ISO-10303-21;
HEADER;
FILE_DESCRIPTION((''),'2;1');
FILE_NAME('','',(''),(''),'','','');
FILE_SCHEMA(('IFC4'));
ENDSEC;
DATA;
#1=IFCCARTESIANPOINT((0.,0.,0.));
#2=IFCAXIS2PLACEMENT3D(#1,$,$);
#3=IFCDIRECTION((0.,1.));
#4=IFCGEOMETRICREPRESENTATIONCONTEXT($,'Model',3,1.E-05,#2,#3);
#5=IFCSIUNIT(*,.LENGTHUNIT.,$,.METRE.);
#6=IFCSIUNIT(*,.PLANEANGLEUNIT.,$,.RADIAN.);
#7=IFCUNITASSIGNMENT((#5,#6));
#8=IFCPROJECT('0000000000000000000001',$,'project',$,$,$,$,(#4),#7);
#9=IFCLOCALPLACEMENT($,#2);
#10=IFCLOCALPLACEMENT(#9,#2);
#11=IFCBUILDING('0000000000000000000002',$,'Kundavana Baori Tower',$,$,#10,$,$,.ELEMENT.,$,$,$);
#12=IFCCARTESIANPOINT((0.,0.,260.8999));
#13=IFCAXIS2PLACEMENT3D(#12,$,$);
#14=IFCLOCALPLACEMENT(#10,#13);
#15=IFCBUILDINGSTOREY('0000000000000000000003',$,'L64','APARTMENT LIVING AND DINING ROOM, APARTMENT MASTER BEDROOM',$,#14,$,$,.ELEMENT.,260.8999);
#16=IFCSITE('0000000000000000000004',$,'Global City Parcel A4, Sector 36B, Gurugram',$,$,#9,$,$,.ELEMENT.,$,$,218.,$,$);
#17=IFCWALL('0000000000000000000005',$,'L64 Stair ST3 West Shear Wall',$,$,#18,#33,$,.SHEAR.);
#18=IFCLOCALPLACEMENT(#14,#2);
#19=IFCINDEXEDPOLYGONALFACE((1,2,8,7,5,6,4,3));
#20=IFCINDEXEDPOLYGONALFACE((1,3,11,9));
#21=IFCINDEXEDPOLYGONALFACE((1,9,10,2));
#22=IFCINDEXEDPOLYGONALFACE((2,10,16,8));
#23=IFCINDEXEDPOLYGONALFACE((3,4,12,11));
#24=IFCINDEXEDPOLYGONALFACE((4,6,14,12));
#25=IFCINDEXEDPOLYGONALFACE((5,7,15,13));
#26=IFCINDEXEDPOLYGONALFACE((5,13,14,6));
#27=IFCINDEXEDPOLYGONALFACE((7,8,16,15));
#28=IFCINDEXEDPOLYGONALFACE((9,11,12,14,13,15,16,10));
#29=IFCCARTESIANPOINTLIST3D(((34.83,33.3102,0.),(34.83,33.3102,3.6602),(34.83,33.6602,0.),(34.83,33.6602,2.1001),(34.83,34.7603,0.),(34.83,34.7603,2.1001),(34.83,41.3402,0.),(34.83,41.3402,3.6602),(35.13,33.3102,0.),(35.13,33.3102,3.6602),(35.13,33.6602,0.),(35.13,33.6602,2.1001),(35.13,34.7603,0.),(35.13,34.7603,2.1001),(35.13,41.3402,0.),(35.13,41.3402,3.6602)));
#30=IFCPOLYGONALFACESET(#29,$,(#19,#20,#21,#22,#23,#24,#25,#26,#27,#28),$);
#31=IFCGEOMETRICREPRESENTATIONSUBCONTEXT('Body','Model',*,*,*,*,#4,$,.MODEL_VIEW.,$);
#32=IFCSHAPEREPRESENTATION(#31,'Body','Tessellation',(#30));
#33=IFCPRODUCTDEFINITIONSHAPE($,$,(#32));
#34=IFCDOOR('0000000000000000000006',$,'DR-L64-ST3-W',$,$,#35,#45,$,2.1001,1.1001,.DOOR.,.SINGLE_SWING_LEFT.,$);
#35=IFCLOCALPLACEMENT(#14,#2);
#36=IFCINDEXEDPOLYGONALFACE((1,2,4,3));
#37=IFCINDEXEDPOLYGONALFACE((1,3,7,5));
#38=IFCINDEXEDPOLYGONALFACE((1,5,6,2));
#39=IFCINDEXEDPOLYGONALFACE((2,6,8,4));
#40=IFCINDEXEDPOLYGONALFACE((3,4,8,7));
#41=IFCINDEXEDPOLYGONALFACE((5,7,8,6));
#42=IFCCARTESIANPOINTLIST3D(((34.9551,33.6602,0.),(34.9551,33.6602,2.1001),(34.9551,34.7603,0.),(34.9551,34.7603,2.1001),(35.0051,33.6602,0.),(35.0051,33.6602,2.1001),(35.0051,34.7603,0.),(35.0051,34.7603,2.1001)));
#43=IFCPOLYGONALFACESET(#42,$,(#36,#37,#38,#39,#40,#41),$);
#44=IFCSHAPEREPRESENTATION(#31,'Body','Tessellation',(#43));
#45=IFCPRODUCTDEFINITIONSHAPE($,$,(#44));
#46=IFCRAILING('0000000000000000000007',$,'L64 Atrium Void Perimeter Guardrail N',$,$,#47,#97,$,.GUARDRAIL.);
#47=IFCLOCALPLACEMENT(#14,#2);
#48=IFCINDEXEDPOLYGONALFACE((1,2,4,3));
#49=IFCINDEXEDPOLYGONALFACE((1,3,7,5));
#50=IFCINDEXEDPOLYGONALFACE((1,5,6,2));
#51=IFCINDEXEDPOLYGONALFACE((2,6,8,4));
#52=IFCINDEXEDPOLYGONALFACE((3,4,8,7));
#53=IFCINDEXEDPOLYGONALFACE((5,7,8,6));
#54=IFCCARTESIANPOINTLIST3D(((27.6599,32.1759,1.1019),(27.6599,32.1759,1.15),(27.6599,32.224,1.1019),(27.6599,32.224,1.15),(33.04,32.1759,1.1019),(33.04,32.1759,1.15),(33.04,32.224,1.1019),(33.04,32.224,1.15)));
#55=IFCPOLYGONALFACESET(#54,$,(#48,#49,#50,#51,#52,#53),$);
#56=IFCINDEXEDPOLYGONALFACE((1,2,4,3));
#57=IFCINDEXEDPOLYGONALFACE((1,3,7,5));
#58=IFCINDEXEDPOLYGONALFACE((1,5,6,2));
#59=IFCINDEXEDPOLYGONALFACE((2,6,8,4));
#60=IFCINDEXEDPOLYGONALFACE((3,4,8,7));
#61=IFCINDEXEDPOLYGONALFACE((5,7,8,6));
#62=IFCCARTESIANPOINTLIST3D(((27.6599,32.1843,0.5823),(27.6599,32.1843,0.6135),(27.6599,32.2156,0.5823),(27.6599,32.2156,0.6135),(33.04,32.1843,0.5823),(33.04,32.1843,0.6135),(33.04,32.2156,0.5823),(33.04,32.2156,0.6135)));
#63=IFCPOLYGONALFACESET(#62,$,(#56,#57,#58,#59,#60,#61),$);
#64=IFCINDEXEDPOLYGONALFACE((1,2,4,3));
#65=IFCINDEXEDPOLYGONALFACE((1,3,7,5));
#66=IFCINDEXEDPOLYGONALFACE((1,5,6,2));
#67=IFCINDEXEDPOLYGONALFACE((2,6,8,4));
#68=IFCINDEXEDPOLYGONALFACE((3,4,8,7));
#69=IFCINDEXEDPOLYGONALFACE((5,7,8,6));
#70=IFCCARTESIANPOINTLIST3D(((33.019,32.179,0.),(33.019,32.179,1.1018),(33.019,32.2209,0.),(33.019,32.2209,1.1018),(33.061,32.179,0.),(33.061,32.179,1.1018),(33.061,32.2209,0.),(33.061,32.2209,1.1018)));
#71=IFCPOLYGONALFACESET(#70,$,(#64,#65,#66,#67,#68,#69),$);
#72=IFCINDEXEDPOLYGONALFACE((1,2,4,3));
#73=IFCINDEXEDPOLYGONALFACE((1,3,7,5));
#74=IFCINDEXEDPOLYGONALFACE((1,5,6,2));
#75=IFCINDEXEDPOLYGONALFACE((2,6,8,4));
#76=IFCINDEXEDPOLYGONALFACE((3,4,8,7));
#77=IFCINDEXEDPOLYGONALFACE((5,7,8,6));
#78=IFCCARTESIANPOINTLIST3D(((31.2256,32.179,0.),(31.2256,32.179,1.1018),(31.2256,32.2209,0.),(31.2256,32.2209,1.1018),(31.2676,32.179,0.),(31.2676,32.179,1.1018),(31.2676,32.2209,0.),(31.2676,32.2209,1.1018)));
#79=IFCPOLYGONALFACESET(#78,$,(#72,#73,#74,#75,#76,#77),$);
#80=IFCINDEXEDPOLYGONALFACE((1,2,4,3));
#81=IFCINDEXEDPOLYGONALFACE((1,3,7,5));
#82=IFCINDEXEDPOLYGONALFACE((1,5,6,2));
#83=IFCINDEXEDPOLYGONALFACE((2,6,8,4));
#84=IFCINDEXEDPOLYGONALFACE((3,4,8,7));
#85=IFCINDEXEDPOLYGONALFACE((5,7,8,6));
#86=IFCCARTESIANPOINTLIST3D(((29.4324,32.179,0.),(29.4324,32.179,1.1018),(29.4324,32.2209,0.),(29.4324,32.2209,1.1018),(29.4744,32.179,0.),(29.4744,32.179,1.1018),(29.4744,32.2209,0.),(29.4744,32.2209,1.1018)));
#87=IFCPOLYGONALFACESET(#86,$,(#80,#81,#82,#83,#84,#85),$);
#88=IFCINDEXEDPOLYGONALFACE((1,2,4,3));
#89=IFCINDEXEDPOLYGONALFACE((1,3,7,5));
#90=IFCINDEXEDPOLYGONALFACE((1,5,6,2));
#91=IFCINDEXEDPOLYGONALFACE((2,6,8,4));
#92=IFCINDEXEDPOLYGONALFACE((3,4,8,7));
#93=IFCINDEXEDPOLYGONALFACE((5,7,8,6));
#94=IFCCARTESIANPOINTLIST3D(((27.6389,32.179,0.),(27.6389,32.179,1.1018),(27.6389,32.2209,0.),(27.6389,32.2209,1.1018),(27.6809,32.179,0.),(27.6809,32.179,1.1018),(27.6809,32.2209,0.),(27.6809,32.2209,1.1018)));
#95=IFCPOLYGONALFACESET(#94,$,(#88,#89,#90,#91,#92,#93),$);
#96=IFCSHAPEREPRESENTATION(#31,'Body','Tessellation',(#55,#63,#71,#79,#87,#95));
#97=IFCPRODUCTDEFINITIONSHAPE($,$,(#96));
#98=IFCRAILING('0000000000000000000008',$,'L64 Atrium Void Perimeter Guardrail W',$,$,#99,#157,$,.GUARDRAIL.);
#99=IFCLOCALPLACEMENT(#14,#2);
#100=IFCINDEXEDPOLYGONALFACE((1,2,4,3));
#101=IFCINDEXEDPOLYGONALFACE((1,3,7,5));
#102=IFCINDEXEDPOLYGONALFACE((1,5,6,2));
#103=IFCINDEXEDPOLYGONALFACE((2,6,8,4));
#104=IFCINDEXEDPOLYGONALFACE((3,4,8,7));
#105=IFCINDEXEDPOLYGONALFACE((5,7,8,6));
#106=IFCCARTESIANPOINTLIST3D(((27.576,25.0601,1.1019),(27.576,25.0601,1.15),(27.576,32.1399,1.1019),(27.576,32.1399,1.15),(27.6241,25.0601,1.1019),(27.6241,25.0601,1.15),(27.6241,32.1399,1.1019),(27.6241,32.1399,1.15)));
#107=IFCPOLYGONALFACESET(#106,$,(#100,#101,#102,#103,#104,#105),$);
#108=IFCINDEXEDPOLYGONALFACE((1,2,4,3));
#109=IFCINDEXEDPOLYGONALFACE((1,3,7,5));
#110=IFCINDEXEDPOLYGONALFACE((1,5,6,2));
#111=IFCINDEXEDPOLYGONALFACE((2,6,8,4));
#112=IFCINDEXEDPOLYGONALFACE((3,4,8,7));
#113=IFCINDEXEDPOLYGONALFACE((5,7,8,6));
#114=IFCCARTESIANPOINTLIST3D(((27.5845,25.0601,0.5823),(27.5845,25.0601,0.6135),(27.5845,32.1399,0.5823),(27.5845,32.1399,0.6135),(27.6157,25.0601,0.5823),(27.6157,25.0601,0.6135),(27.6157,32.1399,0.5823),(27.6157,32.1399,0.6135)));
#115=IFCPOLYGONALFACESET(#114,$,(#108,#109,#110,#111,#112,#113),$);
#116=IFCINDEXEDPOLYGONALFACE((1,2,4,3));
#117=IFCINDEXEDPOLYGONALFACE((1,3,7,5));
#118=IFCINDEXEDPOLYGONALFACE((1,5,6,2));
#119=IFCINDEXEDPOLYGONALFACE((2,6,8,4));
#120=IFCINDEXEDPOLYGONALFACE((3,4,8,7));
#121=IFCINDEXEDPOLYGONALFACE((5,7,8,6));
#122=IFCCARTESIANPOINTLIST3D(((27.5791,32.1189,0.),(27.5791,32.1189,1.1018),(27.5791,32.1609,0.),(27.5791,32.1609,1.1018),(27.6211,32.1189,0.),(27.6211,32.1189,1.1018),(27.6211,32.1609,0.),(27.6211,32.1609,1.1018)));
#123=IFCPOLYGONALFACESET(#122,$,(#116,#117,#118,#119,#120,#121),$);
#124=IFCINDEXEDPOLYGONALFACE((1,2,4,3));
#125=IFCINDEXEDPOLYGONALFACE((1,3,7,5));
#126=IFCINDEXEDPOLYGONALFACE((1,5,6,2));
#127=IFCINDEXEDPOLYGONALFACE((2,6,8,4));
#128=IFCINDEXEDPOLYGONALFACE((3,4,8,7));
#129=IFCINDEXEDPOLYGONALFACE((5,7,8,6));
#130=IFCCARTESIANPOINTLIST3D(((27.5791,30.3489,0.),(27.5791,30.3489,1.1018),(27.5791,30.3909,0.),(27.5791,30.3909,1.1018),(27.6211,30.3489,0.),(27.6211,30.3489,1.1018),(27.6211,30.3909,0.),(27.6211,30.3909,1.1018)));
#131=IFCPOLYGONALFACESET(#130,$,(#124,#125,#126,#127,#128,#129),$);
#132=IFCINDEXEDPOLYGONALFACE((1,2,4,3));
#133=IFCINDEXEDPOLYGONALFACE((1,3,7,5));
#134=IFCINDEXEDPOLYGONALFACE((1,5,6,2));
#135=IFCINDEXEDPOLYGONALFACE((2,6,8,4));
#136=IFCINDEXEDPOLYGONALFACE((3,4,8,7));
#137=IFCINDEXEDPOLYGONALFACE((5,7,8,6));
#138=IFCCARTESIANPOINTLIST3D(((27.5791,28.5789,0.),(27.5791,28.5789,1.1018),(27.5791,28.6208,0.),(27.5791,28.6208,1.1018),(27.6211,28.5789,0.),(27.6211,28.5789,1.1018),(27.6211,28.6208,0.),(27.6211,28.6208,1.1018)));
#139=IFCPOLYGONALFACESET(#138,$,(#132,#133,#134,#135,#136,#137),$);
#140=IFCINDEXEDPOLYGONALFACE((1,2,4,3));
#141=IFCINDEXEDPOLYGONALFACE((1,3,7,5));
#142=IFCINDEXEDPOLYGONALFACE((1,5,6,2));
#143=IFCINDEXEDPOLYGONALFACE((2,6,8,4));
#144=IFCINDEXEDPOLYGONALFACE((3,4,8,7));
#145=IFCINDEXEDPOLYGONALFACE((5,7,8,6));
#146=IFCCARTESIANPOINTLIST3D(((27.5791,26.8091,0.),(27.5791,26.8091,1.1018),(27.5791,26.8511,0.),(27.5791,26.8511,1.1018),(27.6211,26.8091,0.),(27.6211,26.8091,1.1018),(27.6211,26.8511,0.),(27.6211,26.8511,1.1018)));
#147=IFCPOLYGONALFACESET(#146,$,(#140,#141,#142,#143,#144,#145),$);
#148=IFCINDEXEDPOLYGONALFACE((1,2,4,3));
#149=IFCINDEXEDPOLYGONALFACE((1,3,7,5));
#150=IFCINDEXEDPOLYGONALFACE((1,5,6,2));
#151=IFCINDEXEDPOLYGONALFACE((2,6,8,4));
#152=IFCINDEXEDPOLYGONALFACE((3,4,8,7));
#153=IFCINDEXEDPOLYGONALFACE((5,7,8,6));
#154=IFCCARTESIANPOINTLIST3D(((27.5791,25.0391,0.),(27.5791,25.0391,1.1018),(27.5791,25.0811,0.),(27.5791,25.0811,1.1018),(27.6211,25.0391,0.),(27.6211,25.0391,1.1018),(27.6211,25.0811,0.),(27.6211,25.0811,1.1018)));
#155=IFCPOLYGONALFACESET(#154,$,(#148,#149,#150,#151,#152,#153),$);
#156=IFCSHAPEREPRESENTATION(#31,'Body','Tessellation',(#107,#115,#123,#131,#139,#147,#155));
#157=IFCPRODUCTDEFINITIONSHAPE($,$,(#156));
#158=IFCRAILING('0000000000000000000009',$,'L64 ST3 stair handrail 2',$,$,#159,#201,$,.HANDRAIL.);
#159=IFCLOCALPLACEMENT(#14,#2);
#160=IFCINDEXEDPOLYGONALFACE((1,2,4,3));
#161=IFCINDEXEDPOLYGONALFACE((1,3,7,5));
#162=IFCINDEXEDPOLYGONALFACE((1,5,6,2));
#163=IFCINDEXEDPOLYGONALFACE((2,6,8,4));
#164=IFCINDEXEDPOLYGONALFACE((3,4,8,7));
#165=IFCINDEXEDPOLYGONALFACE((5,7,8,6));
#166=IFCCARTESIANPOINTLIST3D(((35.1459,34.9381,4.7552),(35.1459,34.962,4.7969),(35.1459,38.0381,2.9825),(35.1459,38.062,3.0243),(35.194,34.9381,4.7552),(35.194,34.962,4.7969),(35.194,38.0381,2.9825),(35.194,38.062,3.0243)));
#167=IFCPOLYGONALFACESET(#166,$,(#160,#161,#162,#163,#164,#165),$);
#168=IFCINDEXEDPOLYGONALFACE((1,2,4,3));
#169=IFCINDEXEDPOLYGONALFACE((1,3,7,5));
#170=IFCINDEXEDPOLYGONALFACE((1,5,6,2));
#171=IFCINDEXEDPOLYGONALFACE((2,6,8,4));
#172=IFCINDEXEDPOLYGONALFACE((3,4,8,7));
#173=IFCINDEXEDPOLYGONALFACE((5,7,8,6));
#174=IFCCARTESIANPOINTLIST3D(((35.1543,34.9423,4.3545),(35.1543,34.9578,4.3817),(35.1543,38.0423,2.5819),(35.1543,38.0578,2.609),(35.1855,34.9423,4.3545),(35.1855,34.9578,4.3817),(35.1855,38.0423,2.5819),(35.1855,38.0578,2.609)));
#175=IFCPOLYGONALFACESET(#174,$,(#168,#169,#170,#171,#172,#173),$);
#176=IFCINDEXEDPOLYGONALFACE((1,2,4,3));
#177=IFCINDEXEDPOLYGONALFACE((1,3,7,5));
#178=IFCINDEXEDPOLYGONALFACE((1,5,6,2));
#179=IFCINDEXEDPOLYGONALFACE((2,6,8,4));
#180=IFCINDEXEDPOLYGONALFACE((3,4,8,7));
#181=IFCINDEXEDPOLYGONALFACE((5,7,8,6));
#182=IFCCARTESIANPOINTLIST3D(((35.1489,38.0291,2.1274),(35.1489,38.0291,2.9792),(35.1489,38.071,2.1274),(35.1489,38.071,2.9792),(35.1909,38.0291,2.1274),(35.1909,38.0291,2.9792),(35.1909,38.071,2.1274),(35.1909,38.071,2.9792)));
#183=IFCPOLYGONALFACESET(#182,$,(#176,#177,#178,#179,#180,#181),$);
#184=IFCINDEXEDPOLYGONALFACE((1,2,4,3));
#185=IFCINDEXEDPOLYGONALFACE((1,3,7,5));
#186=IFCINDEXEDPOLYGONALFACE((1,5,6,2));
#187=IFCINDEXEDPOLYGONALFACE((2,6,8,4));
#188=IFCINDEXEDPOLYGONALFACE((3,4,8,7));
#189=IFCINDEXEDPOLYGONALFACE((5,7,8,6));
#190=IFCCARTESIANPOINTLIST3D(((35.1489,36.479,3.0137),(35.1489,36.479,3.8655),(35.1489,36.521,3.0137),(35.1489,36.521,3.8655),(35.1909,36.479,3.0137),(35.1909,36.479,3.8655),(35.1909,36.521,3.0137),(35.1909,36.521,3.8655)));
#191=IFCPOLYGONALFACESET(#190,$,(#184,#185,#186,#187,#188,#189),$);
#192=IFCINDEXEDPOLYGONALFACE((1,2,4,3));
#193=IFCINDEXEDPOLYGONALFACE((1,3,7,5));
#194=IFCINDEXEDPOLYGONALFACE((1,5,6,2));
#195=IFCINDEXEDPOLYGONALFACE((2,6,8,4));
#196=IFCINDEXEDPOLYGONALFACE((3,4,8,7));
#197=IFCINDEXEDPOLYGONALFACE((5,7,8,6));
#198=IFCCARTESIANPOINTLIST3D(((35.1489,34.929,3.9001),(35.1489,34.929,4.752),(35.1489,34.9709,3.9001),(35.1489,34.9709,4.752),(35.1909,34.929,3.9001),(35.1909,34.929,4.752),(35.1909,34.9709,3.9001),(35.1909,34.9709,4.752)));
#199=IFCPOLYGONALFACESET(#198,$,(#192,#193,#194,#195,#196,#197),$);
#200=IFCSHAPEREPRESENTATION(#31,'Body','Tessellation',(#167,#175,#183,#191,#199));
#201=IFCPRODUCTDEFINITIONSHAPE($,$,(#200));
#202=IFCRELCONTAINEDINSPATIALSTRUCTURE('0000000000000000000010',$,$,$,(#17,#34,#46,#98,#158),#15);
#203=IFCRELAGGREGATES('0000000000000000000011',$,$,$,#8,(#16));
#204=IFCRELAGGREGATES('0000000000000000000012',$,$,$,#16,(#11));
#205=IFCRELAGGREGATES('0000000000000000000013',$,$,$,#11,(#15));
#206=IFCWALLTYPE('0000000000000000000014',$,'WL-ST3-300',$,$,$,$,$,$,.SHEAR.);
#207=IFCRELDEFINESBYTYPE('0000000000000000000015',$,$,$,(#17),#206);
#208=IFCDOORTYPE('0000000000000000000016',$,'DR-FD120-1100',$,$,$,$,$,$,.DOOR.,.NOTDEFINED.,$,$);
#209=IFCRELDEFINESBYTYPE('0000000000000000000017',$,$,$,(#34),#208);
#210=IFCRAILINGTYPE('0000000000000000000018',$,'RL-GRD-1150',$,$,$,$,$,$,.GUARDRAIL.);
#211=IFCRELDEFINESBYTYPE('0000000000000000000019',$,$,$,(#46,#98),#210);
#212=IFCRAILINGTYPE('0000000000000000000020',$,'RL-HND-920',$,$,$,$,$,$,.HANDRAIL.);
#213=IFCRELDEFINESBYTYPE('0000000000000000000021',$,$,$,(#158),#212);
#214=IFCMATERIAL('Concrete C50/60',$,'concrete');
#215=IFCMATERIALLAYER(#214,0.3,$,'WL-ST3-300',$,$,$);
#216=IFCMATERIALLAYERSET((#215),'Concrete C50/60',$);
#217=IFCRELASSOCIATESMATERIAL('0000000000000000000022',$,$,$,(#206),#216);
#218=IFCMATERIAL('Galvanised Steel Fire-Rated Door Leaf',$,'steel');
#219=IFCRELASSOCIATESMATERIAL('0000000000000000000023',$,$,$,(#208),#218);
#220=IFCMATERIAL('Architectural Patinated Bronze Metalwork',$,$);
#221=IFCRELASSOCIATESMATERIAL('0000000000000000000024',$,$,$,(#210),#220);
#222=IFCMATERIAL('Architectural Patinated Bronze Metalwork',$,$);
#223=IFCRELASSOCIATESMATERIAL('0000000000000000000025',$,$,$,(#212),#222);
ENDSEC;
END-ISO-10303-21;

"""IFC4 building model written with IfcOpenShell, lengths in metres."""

from ifc_helpers import new_model, si_unit, direction, frame, frame_2d, origin, origin_2d, place, context, subcontext, project, spatial, rectangle, extrude, material, layer, layer_set, type_object, element, fill, save


model = new_model("IFC4")

# Units and contexts
model_context = context("Model", 3, precision=1e-05, world=origin(), true_north=direction((0.0, 1.0)))
body_context = subcontext(model_context, "Body", "Model", "MODEL_VIEW")
ifc_project = project(units=[si_unit("LENGTHUNIT", "METRE"), si_unit("PLANEANGLEUNIT", "RADIAN")], contexts=[model_context])

# Site, building, storey
site_placement = place(None, origin())
site = spatial("IfcSite", under=ifc_project, at=site_placement, Name="Global City Parcel A4, Sector 36B, Gurugram", CompositionType="ELEMENT", RefElevation=218.0)
building_placement = place(site_placement, origin())
building = spatial("IfcBuilding", under=site, at=building_placement, Name="Kundavana Baori Tower", CompositionType="ELEMENT")
storey_placement = place(building_placement, frame((0.0, 0.0, 260.8999)))
storey = spatial("IfcBuildingStorey", under=building, at=storey_placement, Name="L64", Description="APARTMENT LIVING AND DINING ROOM, APARTMENT MASTER BEDROOM", CompositionType="ELEMENT", Elevation=260.8999)

# Shared definitions
ifc_material_1 = material(Name="Concrete C50/60", Category="concrete")
ifc_layer_1 = layer(ifc_material_1, 0.3, Name="WL-ST3-300")
ifc_layer_set_1 = layer_set([ifc_layer_1], Name="Concrete C50/60")
wall_type_1 = type_object("IfcWallType", Name="WL-ST3-300", PredefinedType="SHEAR", material=ifc_layer_set_1)

# Wall, opening, door
wall_1_placement = place(storey_placement, frame((34.98, 33.3101, 0.0), z_axis=(0.0, 0.0, 1.0), x_axis=(0.0, 1.0, 0.0)))
wall_1 = element("IfcWall", 1, at=wall_1_placement, inside=storey, type_object=wall_type_1, Name="L64 Stair ST3 West Shear Wall", PredefinedType="SHEAR", context=body_context, shape_type="SweptSolid", body=[
    extrude(rectangle(XDim=8.03, YDim=0.3, at=frame_2d((4.0151, 0.0))), origin(), (0.0, 0.0, 1.0), 3.6602),
])
opening_1_placement = place(wall_1_placement, frame((0.3501, 0.0, 0.0)))
opening_1 = element("IfcOpeningElement", 2, at=opening_1_placement, cuts=wall_1, PredefinedType="OPENING", context=body_context, shape_type="SweptSolid", body=[
    extrude(rectangle(XDim=1.1001, YDim=2.1001, at=frame_2d((0.55, 1.05))), frame((0.0, 0.1602, 0.0), z_axis=(0.0, -1.0, 0.0), x_axis=(1.0, 0.0, 0.0)), (0.0, 0.0, 1.0), 0.3201),
])
ifc_material_2 = material(Name="Galvanised Steel Fire-Rated Door Leaf", Category="steel")
door_type_1 = type_object("IfcDoorType", Name="DR-FD120-1100", OperationType="NOTDEFINED", PredefinedType="DOOR", material=ifc_material_2)
door_1_placement = place(opening_1_placement, origin())
door_1 = element("IfcDoor", 3, at=door_1_placement, inside=storey, type_object=door_type_1, Name="DR-L64-ST3-W", OperationType="SINGLE_SWING_LEFT", OverallHeight=2.1001, OverallWidth=1.1001, PredefinedType="DOOR", context=body_context, shape_type="SweptSolid", body=[
    extrude(rectangle(XDim=1.1001, YDim=2.1001, at=frame_2d((0.55, 1.05))), frame((0.0, 0.0249, 0.0), z_axis=(0.0, -1.0, 0.0), x_axis=(1.0, 0.0, 0.0)), (0.0, 0.0, 1.0), 0.05),
])
fill(opening_1, door_1)

# Railings
ifc_material_3 = material(Name="Architectural Patinated Bronze Metalwork")
railing_type_1 = type_object("IfcRailingType", Name="RL-GRD-1150", PredefinedType="GUARDRAIL", material=ifc_material_3)
railing_1_placement = place(storey_placement, frame((33.04, 32.2, 0.0)))
element("IfcRailing", 4, at=railing_1_placement, inside=storey, type_object=railing_type_1, Name="L64 Atrium Void Perimeter Guardrail N", PredefinedType="GUARDRAIL", context=body_context, shape_type="SweptSolid", body=[
    extrude(rectangle(XDim=0.0481, YDim=0.0481, at=origin_2d()), frame((0.0, 0.0, 1.126), z_axis=(-1.0, 0.0, 0.0), x_axis=(0.0, -1.0, 0.0)), (0.0, 0.0, 1.0), 5.3801),
    extrude(rectangle(XDim=0.0312, YDim=0.0312, at=origin_2d()), frame((0.0, 0.0, 0.5979), z_axis=(-1.0, 0.0, 0.0), x_axis=(0.0, -1.0, 0.0)), (0.0, 0.0, 1.0), 5.3801),
    extrude(rectangle(XDim=0.042, YDim=0.042, at=origin_2d()), origin(), (0.0, 0.0, 1.0), 1.1018),
    extrude(rectangle(XDim=0.042, YDim=0.042, at=origin_2d()), frame((-1.7935, 0.0, 0.0)), (0.0, 0.0, 1.0), 1.1018),
    extrude(rectangle(XDim=0.042, YDim=0.042, at=origin_2d()), frame((-3.5867, 0.0, 0.0)), (0.0, 0.0, 1.0), 1.1018),
    extrude(rectangle(XDim=0.042, YDim=0.042, at=origin_2d()), frame((-5.3801, 0.0, 0.0)), (0.0, 0.0, 1.0), 1.1018),
])
railing_2_placement = place(storey_placement, frame((27.6001, 32.1399, 0.0)))
element("IfcRailing", 5, at=railing_2_placement, inside=storey, type_object=railing_type_1, Name="L64 Atrium Void Perimeter Guardrail W", PredefinedType="GUARDRAIL", context=body_context, shape_type="SweptSolid", body=[
    extrude(rectangle(XDim=0.0481, YDim=0.0481, at=origin_2d()), frame((0.0, 0.0, 1.126), z_axis=(0.0, -1.0, 0.0), x_axis=(1.0, 0.0, 0.0)), (0.0, 0.0, 1.0), 7.0798),
    extrude(rectangle(XDim=0.0312, YDim=0.0312, at=origin_2d()), frame((0.0, 0.0, 0.5979), z_axis=(0.0, -1.0, 0.0), x_axis=(1.0, 0.0, 0.0)), (0.0, 0.0, 1.0), 7.0798),
    extrude(rectangle(XDim=0.042, YDim=0.042, at=origin_2d()), origin(), (0.0, 0.0, 1.0), 1.1018),
    extrude(rectangle(XDim=0.042, YDim=0.042, at=origin_2d()), frame((0.0, -1.77, 0.0)), (0.0, 0.0, 1.0), 1.1018),
    extrude(rectangle(XDim=0.042, YDim=0.042, at=origin_2d()), frame((0.0, -3.54, 0.0)), (0.0, 0.0, 1.0), 1.1018),
    extrude(rectangle(XDim=0.042, YDim=0.042, at=origin_2d()), frame((0.0, -5.3098, 0.0)), (0.0, 0.0, 1.0), 1.1018),
    extrude(rectangle(XDim=0.042, YDim=0.042, at=origin_2d()), frame((0.0, -7.0798, 0.0)), (0.0, 0.0, 1.0), 1.1018),
])
ifc_material_4 = material(Name="Architectural Patinated Bronze Metalwork")
railing_type_2 = type_object("IfcRailingType", Name="RL-HND-920", PredefinedType="HANDRAIL", material=ifc_material_4)
railing_3_placement = place(storey_placement, frame((35.1699, 38.05, 2.1274)))
element("IfcRailing", 6, at=railing_3_placement, inside=storey, type_object=railing_type_2, Name="L64 ST3 stair handrail 2", PredefinedType="HANDRAIL", context=body_context, shape_type="SweptSolid", body=[
    extrude(rectangle(XDim=0.0481, YDim=0.0481, at=origin_2d()), frame((0.0, 0.0, 0.876), z_axis=(0.0, -0.868096, 0.496397), x_axis=(1.0, 0.0, 0.0)), (0.0, 0.0, 1.0), 3.571),
    extrude(rectangle(XDim=0.0312, YDim=0.0312, at=origin_2d()), frame((0.0, 0.0, 0.468), z_axis=(0.0, -0.868096, 0.496397), x_axis=(1.0, 0.0, 0.0)), (0.0, 0.0, 1.0), 3.571),
    extrude(rectangle(XDim=0.042, YDim=0.042, at=origin_2d()), origin(), (0.0, 0.0, 1.0), 0.8518),
    extrude(rectangle(XDim=0.042, YDim=0.042, at=origin_2d()), frame((0.0, -1.55, 0.8862)), (0.0, 0.0, 1.0), 0.8518),
    extrude(rectangle(XDim=0.042, YDim=0.042, at=origin_2d()), frame((0.0, -3.1001, 1.7727)), (0.0, 0.0, 1.0), 0.8518),
])

save(model, "model.ifc")
